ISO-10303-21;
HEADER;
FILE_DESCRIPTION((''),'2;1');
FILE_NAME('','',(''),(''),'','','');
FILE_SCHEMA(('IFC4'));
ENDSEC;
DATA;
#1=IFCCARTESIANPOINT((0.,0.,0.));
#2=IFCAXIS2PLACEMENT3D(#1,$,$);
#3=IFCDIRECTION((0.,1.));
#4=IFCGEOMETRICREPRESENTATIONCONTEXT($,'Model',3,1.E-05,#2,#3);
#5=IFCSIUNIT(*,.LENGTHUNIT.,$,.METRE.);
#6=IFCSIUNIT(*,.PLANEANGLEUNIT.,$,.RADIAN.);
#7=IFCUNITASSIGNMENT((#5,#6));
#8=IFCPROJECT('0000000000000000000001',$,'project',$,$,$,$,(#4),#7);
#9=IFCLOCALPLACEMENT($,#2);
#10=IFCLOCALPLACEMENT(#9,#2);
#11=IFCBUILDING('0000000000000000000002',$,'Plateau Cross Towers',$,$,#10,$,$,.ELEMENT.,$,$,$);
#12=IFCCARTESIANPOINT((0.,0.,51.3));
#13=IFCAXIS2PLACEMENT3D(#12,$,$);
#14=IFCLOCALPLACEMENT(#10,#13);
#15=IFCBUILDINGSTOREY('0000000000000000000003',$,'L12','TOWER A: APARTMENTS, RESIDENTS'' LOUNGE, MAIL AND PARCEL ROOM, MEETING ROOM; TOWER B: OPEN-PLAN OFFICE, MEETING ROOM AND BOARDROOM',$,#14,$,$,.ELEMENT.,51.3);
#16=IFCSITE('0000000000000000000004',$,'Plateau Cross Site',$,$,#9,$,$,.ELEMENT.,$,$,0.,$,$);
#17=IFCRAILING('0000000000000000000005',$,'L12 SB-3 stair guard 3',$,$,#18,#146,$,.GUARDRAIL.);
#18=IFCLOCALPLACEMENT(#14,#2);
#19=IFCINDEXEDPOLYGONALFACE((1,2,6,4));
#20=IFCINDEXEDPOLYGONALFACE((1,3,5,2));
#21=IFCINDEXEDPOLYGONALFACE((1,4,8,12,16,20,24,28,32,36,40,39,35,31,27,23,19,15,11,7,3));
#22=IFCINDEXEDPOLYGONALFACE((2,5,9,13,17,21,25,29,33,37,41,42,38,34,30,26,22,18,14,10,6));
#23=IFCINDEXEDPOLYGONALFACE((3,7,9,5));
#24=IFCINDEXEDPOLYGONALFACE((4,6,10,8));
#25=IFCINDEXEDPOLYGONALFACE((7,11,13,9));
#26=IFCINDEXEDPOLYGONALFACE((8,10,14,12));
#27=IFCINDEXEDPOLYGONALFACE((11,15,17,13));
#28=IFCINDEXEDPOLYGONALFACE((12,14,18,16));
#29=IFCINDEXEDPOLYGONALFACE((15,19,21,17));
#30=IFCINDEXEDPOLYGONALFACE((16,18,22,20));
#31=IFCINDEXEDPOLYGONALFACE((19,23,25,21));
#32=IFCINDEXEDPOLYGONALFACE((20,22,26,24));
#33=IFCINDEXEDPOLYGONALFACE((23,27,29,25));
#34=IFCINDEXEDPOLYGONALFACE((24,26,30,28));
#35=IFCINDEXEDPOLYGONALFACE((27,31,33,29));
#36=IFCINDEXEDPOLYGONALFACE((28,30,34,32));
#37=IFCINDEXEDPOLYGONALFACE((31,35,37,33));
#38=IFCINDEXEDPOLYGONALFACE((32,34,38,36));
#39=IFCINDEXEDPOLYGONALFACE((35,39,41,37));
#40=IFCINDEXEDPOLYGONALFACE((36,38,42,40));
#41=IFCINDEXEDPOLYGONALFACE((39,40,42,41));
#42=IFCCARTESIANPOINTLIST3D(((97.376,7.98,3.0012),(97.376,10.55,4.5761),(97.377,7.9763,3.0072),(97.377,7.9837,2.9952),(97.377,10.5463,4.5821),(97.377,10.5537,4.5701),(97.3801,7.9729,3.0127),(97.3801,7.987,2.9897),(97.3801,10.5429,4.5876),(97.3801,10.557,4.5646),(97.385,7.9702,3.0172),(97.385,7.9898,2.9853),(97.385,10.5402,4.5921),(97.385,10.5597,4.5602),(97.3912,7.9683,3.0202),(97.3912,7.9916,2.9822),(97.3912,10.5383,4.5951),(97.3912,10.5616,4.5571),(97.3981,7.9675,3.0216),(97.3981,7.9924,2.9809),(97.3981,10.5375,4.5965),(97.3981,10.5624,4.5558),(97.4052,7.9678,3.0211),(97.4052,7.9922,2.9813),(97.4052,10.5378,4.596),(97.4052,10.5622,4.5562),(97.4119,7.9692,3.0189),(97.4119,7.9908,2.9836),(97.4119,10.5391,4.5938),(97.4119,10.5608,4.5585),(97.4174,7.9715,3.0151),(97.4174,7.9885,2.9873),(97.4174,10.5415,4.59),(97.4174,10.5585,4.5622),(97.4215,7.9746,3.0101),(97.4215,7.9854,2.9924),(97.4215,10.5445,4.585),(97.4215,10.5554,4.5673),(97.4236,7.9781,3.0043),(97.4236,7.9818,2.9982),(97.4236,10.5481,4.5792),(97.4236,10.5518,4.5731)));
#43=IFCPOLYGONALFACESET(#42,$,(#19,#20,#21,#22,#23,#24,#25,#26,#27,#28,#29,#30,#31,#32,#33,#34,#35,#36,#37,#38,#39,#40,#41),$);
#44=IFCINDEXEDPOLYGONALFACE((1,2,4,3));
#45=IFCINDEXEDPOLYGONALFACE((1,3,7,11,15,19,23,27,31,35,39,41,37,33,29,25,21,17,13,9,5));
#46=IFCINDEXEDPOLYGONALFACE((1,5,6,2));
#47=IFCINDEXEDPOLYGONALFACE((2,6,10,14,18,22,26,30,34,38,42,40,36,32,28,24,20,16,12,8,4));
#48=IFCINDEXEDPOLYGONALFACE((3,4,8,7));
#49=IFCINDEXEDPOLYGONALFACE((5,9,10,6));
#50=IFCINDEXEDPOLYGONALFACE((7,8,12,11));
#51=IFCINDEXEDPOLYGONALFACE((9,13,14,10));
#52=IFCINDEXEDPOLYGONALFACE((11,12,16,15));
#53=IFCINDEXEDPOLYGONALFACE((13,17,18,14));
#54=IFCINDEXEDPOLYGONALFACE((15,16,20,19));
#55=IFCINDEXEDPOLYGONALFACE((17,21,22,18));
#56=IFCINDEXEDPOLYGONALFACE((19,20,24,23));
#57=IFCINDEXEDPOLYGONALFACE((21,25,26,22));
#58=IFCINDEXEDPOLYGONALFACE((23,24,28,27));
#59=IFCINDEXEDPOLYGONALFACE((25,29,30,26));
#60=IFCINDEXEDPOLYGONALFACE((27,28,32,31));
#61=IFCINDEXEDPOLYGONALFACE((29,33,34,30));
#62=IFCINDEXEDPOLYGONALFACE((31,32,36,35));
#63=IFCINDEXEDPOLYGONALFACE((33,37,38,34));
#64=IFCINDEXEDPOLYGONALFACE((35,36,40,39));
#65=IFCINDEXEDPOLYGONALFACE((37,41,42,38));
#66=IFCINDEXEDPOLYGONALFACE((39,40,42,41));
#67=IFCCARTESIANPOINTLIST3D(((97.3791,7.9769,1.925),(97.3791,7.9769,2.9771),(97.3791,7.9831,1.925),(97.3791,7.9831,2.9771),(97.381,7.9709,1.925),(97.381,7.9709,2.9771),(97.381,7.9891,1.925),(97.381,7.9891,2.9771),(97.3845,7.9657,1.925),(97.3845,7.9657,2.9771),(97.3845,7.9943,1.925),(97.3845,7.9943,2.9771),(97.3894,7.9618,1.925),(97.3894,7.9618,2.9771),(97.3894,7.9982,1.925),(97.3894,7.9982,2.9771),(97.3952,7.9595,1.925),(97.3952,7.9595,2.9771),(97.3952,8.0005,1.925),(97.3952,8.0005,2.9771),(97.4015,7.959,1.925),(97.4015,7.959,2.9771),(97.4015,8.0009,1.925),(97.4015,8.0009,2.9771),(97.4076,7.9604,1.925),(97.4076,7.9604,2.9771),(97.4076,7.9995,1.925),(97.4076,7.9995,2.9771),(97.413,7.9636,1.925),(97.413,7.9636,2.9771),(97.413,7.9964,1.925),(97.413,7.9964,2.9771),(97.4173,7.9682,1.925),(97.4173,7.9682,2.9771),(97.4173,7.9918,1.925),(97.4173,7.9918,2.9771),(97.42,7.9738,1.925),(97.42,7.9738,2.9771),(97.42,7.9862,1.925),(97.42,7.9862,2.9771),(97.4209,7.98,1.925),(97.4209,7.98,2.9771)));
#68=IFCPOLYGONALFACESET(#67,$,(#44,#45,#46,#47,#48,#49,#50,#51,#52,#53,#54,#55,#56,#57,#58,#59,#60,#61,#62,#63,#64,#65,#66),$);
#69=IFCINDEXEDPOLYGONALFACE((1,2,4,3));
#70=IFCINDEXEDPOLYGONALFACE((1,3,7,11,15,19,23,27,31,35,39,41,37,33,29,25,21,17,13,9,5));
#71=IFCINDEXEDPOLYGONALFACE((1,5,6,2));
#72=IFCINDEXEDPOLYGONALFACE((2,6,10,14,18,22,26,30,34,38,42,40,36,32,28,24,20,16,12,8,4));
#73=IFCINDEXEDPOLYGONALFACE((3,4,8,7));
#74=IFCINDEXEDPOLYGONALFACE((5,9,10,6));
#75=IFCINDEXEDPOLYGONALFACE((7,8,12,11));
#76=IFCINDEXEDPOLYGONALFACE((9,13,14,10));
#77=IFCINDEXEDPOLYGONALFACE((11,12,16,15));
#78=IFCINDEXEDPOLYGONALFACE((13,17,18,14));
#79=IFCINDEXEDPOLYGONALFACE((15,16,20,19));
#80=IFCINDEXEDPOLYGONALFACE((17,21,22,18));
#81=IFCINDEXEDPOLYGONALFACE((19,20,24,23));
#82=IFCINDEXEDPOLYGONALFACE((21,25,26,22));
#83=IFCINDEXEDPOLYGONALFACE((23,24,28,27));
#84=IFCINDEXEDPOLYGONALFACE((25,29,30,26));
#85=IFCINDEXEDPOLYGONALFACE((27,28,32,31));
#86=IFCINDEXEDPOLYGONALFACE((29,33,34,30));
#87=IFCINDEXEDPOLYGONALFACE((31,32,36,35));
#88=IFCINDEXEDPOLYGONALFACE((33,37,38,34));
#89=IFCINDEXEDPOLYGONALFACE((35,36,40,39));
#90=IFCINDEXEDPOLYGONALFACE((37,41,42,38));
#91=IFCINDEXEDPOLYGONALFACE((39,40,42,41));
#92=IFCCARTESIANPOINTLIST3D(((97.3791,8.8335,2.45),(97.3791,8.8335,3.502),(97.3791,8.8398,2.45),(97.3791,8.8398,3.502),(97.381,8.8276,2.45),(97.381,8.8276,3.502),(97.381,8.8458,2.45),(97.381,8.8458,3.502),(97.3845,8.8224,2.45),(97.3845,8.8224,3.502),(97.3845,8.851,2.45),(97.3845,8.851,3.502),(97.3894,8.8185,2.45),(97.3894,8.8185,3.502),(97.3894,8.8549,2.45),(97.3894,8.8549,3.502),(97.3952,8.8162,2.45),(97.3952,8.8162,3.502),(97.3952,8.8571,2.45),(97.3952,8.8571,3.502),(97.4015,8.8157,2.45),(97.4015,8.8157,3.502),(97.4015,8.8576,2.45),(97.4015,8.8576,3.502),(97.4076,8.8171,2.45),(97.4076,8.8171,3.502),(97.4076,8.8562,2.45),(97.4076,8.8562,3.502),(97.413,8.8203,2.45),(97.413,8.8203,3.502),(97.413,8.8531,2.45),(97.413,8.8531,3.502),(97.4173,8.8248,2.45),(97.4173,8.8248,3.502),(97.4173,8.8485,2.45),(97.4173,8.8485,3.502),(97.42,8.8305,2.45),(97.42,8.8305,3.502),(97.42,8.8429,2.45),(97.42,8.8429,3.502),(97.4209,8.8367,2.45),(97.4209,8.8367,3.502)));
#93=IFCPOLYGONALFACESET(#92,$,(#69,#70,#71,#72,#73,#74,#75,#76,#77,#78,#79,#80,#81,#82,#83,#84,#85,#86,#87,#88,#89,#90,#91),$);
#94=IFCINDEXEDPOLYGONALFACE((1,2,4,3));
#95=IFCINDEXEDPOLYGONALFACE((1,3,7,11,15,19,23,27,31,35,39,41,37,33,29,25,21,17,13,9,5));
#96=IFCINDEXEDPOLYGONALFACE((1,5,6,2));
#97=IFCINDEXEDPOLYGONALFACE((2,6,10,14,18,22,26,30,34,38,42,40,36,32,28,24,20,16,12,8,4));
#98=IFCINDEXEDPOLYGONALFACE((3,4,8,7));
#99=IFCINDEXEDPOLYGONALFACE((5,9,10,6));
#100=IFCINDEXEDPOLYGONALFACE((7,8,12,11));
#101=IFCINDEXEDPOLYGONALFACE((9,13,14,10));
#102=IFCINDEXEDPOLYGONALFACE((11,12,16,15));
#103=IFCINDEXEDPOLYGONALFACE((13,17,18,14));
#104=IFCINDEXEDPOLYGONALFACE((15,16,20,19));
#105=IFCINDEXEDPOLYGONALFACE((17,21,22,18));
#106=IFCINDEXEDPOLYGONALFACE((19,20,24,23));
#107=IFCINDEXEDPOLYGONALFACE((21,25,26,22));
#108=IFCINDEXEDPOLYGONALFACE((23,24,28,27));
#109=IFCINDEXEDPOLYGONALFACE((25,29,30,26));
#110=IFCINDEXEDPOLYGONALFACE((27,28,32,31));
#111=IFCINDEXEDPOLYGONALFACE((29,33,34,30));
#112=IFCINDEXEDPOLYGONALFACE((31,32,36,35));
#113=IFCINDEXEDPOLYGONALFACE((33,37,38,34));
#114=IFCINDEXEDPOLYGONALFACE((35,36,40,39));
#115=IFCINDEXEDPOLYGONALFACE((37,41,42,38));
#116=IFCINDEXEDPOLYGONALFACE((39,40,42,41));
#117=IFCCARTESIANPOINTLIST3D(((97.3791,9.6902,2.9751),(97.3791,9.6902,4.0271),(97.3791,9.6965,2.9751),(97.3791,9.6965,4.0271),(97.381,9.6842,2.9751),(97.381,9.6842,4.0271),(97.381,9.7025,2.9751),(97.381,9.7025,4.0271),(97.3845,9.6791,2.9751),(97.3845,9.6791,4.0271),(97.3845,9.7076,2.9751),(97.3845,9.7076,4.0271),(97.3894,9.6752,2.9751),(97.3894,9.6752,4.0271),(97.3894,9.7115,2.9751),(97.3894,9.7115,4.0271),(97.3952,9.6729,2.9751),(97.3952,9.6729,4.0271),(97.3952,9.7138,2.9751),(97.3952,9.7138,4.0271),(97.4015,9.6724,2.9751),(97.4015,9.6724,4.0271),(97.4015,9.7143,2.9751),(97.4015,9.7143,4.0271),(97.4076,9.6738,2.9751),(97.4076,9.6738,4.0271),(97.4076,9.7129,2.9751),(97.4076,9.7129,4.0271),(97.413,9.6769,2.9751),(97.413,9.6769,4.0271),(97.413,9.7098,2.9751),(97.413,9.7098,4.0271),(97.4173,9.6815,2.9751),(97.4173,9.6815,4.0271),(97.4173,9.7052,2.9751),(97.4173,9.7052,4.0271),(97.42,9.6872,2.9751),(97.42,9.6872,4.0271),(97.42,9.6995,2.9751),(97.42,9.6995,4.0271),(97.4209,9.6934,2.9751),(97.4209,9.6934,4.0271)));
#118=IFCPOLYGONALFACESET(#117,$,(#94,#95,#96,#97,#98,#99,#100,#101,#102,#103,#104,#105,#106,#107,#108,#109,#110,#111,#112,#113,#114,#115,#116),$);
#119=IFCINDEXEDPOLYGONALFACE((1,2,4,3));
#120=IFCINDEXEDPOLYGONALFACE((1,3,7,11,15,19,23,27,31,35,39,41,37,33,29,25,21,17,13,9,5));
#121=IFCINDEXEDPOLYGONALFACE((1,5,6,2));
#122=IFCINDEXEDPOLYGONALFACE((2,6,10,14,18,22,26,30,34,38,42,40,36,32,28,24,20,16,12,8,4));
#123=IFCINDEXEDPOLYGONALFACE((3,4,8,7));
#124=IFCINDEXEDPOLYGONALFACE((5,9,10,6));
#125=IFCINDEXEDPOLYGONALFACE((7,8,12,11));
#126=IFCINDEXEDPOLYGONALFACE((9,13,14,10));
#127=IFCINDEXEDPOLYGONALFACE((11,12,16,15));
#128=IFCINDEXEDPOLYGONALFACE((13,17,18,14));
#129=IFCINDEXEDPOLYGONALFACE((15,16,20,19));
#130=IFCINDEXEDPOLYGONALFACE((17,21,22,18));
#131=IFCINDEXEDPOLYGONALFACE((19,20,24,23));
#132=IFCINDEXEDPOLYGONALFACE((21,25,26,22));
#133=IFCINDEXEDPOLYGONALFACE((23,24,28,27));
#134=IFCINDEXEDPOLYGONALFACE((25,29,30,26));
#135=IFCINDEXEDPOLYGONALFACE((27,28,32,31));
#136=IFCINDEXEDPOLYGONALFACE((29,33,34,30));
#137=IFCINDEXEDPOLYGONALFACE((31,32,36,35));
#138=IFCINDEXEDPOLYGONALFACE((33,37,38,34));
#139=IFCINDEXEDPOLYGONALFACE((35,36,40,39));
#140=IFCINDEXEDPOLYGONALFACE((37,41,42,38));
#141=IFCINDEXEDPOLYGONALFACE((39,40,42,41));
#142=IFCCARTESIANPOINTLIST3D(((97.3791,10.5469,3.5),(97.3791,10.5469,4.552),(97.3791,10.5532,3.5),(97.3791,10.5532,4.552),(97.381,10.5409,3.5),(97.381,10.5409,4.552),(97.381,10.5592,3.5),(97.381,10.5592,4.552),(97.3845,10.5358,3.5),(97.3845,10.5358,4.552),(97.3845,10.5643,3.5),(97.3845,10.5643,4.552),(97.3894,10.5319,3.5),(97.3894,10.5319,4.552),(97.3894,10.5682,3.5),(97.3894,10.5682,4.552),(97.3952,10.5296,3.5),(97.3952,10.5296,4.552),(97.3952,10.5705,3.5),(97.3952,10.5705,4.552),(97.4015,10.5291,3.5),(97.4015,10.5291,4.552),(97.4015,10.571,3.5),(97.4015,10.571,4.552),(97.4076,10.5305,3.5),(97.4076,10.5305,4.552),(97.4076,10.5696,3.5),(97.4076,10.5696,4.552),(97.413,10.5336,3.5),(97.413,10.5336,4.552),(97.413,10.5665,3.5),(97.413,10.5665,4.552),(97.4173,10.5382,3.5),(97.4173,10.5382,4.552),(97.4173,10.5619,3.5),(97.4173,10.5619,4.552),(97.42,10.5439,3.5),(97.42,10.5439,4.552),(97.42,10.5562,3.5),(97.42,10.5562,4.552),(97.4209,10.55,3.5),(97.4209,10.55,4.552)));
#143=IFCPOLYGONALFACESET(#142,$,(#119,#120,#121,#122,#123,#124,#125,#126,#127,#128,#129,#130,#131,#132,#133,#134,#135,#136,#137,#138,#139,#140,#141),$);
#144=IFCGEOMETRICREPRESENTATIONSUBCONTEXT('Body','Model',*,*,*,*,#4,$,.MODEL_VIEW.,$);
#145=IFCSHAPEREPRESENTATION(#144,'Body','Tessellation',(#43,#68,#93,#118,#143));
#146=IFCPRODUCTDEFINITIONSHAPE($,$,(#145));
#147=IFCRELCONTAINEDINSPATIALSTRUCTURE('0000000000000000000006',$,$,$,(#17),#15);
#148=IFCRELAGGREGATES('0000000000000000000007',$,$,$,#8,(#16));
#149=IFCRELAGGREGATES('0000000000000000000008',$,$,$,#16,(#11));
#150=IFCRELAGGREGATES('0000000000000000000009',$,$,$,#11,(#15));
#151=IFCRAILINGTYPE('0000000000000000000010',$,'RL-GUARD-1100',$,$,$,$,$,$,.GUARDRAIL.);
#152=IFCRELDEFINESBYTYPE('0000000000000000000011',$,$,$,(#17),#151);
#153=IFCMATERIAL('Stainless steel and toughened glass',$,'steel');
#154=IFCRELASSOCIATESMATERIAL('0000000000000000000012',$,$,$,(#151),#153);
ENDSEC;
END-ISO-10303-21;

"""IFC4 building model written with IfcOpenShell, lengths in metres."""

from ifc_helpers import new_model, si_unit, direction, frame, origin, origin_2d, place, context, subcontext, project, spatial, circle, extrude, material, type_object, element, save


model = new_model("IFC4")

# Units and contexts
model_context = context("Model", 3, precision=1e-05, world=origin(), true_north=direction((0.0, 1.0)))
body_context = subcontext(model_context, "Body", "Model", "MODEL_VIEW")
ifc_project = project(units=[si_unit("LENGTHUNIT", "METRE"), si_unit("PLANEANGLEUNIT", "RADIAN")], contexts=[model_context])

# Site, building, storey
site_placement = place(None, origin())
site = spatial("IfcSite", under=ifc_project, at=site_placement, Name="Plateau Cross Site", CompositionType="ELEMENT", RefElevation=0.0)
building_placement = place(site_placement, origin())
building = spatial("IfcBuilding", under=site, at=building_placement, Name="Plateau Cross Towers", CompositionType="ELEMENT")
storey_placement = place(building_placement, frame((0.0, 0.0, 51.3)))
storey = spatial("IfcBuildingStorey", under=building, at=storey_placement, Name="L12", Description="TOWER A: APARTMENTS, RESIDENTS' LOUNGE, MAIL AND PARCEL ROOM, MEETING ROOM; TOWER B: OPEN-PLAN OFFICE, MEETING ROOM AND BOARDROOM", CompositionType="ELEMENT", Elevation=51.3)

# Railing
ifc_material_1 = material(Name="Stainless steel and toughened glass", Category="steel")
railing_type_1 = type_object("IfcRailingType", Name="RL-GUARD-1100", PredefinedType="GUARDRAIL", material=ifc_material_1)
railing_1_placement = place(storey_placement, frame((97.3999, 7.98, 1.925)))
element("IfcRailing", 1, at=railing_1_placement, inside=storey, type_object=railing_type_1, Name="L12 SB-3 stair guard 3", PredefinedType="GUARDRAIL", context=body_context, shape_type="SweptSolid", body=[
    extrude(circle(Radius=0.0239, at=origin_2d()), frame((0.0, 0.0, 1.0762), z_axis=(0.0, 0.852639, 0.522501), x_axis=(-1.0, 0.0, 0.0)), (0.0, 0.0, 1.0), 3.0142),
    extrude(circle(Radius=0.021, at=origin_2d()), origin(), (0.0, 0.0, 1.0), 1.052),
    extrude(circle(Radius=0.021, at=origin_2d()), frame((0.0, 0.8567, 0.5249)), (0.0, 0.0, 1.0), 1.052),
    extrude(circle(Radius=0.021, at=origin_2d()), frame((0.0, 1.7134, 1.05)), (0.0, 0.0, 1.0), 1.052),
    extrude(circle(Radius=0.021, at=origin_2d()), frame((0.0, 2.5701, 1.575)), (0.0, 0.0, 1.0), 1.052),
])

save(model, "model.ifc")
